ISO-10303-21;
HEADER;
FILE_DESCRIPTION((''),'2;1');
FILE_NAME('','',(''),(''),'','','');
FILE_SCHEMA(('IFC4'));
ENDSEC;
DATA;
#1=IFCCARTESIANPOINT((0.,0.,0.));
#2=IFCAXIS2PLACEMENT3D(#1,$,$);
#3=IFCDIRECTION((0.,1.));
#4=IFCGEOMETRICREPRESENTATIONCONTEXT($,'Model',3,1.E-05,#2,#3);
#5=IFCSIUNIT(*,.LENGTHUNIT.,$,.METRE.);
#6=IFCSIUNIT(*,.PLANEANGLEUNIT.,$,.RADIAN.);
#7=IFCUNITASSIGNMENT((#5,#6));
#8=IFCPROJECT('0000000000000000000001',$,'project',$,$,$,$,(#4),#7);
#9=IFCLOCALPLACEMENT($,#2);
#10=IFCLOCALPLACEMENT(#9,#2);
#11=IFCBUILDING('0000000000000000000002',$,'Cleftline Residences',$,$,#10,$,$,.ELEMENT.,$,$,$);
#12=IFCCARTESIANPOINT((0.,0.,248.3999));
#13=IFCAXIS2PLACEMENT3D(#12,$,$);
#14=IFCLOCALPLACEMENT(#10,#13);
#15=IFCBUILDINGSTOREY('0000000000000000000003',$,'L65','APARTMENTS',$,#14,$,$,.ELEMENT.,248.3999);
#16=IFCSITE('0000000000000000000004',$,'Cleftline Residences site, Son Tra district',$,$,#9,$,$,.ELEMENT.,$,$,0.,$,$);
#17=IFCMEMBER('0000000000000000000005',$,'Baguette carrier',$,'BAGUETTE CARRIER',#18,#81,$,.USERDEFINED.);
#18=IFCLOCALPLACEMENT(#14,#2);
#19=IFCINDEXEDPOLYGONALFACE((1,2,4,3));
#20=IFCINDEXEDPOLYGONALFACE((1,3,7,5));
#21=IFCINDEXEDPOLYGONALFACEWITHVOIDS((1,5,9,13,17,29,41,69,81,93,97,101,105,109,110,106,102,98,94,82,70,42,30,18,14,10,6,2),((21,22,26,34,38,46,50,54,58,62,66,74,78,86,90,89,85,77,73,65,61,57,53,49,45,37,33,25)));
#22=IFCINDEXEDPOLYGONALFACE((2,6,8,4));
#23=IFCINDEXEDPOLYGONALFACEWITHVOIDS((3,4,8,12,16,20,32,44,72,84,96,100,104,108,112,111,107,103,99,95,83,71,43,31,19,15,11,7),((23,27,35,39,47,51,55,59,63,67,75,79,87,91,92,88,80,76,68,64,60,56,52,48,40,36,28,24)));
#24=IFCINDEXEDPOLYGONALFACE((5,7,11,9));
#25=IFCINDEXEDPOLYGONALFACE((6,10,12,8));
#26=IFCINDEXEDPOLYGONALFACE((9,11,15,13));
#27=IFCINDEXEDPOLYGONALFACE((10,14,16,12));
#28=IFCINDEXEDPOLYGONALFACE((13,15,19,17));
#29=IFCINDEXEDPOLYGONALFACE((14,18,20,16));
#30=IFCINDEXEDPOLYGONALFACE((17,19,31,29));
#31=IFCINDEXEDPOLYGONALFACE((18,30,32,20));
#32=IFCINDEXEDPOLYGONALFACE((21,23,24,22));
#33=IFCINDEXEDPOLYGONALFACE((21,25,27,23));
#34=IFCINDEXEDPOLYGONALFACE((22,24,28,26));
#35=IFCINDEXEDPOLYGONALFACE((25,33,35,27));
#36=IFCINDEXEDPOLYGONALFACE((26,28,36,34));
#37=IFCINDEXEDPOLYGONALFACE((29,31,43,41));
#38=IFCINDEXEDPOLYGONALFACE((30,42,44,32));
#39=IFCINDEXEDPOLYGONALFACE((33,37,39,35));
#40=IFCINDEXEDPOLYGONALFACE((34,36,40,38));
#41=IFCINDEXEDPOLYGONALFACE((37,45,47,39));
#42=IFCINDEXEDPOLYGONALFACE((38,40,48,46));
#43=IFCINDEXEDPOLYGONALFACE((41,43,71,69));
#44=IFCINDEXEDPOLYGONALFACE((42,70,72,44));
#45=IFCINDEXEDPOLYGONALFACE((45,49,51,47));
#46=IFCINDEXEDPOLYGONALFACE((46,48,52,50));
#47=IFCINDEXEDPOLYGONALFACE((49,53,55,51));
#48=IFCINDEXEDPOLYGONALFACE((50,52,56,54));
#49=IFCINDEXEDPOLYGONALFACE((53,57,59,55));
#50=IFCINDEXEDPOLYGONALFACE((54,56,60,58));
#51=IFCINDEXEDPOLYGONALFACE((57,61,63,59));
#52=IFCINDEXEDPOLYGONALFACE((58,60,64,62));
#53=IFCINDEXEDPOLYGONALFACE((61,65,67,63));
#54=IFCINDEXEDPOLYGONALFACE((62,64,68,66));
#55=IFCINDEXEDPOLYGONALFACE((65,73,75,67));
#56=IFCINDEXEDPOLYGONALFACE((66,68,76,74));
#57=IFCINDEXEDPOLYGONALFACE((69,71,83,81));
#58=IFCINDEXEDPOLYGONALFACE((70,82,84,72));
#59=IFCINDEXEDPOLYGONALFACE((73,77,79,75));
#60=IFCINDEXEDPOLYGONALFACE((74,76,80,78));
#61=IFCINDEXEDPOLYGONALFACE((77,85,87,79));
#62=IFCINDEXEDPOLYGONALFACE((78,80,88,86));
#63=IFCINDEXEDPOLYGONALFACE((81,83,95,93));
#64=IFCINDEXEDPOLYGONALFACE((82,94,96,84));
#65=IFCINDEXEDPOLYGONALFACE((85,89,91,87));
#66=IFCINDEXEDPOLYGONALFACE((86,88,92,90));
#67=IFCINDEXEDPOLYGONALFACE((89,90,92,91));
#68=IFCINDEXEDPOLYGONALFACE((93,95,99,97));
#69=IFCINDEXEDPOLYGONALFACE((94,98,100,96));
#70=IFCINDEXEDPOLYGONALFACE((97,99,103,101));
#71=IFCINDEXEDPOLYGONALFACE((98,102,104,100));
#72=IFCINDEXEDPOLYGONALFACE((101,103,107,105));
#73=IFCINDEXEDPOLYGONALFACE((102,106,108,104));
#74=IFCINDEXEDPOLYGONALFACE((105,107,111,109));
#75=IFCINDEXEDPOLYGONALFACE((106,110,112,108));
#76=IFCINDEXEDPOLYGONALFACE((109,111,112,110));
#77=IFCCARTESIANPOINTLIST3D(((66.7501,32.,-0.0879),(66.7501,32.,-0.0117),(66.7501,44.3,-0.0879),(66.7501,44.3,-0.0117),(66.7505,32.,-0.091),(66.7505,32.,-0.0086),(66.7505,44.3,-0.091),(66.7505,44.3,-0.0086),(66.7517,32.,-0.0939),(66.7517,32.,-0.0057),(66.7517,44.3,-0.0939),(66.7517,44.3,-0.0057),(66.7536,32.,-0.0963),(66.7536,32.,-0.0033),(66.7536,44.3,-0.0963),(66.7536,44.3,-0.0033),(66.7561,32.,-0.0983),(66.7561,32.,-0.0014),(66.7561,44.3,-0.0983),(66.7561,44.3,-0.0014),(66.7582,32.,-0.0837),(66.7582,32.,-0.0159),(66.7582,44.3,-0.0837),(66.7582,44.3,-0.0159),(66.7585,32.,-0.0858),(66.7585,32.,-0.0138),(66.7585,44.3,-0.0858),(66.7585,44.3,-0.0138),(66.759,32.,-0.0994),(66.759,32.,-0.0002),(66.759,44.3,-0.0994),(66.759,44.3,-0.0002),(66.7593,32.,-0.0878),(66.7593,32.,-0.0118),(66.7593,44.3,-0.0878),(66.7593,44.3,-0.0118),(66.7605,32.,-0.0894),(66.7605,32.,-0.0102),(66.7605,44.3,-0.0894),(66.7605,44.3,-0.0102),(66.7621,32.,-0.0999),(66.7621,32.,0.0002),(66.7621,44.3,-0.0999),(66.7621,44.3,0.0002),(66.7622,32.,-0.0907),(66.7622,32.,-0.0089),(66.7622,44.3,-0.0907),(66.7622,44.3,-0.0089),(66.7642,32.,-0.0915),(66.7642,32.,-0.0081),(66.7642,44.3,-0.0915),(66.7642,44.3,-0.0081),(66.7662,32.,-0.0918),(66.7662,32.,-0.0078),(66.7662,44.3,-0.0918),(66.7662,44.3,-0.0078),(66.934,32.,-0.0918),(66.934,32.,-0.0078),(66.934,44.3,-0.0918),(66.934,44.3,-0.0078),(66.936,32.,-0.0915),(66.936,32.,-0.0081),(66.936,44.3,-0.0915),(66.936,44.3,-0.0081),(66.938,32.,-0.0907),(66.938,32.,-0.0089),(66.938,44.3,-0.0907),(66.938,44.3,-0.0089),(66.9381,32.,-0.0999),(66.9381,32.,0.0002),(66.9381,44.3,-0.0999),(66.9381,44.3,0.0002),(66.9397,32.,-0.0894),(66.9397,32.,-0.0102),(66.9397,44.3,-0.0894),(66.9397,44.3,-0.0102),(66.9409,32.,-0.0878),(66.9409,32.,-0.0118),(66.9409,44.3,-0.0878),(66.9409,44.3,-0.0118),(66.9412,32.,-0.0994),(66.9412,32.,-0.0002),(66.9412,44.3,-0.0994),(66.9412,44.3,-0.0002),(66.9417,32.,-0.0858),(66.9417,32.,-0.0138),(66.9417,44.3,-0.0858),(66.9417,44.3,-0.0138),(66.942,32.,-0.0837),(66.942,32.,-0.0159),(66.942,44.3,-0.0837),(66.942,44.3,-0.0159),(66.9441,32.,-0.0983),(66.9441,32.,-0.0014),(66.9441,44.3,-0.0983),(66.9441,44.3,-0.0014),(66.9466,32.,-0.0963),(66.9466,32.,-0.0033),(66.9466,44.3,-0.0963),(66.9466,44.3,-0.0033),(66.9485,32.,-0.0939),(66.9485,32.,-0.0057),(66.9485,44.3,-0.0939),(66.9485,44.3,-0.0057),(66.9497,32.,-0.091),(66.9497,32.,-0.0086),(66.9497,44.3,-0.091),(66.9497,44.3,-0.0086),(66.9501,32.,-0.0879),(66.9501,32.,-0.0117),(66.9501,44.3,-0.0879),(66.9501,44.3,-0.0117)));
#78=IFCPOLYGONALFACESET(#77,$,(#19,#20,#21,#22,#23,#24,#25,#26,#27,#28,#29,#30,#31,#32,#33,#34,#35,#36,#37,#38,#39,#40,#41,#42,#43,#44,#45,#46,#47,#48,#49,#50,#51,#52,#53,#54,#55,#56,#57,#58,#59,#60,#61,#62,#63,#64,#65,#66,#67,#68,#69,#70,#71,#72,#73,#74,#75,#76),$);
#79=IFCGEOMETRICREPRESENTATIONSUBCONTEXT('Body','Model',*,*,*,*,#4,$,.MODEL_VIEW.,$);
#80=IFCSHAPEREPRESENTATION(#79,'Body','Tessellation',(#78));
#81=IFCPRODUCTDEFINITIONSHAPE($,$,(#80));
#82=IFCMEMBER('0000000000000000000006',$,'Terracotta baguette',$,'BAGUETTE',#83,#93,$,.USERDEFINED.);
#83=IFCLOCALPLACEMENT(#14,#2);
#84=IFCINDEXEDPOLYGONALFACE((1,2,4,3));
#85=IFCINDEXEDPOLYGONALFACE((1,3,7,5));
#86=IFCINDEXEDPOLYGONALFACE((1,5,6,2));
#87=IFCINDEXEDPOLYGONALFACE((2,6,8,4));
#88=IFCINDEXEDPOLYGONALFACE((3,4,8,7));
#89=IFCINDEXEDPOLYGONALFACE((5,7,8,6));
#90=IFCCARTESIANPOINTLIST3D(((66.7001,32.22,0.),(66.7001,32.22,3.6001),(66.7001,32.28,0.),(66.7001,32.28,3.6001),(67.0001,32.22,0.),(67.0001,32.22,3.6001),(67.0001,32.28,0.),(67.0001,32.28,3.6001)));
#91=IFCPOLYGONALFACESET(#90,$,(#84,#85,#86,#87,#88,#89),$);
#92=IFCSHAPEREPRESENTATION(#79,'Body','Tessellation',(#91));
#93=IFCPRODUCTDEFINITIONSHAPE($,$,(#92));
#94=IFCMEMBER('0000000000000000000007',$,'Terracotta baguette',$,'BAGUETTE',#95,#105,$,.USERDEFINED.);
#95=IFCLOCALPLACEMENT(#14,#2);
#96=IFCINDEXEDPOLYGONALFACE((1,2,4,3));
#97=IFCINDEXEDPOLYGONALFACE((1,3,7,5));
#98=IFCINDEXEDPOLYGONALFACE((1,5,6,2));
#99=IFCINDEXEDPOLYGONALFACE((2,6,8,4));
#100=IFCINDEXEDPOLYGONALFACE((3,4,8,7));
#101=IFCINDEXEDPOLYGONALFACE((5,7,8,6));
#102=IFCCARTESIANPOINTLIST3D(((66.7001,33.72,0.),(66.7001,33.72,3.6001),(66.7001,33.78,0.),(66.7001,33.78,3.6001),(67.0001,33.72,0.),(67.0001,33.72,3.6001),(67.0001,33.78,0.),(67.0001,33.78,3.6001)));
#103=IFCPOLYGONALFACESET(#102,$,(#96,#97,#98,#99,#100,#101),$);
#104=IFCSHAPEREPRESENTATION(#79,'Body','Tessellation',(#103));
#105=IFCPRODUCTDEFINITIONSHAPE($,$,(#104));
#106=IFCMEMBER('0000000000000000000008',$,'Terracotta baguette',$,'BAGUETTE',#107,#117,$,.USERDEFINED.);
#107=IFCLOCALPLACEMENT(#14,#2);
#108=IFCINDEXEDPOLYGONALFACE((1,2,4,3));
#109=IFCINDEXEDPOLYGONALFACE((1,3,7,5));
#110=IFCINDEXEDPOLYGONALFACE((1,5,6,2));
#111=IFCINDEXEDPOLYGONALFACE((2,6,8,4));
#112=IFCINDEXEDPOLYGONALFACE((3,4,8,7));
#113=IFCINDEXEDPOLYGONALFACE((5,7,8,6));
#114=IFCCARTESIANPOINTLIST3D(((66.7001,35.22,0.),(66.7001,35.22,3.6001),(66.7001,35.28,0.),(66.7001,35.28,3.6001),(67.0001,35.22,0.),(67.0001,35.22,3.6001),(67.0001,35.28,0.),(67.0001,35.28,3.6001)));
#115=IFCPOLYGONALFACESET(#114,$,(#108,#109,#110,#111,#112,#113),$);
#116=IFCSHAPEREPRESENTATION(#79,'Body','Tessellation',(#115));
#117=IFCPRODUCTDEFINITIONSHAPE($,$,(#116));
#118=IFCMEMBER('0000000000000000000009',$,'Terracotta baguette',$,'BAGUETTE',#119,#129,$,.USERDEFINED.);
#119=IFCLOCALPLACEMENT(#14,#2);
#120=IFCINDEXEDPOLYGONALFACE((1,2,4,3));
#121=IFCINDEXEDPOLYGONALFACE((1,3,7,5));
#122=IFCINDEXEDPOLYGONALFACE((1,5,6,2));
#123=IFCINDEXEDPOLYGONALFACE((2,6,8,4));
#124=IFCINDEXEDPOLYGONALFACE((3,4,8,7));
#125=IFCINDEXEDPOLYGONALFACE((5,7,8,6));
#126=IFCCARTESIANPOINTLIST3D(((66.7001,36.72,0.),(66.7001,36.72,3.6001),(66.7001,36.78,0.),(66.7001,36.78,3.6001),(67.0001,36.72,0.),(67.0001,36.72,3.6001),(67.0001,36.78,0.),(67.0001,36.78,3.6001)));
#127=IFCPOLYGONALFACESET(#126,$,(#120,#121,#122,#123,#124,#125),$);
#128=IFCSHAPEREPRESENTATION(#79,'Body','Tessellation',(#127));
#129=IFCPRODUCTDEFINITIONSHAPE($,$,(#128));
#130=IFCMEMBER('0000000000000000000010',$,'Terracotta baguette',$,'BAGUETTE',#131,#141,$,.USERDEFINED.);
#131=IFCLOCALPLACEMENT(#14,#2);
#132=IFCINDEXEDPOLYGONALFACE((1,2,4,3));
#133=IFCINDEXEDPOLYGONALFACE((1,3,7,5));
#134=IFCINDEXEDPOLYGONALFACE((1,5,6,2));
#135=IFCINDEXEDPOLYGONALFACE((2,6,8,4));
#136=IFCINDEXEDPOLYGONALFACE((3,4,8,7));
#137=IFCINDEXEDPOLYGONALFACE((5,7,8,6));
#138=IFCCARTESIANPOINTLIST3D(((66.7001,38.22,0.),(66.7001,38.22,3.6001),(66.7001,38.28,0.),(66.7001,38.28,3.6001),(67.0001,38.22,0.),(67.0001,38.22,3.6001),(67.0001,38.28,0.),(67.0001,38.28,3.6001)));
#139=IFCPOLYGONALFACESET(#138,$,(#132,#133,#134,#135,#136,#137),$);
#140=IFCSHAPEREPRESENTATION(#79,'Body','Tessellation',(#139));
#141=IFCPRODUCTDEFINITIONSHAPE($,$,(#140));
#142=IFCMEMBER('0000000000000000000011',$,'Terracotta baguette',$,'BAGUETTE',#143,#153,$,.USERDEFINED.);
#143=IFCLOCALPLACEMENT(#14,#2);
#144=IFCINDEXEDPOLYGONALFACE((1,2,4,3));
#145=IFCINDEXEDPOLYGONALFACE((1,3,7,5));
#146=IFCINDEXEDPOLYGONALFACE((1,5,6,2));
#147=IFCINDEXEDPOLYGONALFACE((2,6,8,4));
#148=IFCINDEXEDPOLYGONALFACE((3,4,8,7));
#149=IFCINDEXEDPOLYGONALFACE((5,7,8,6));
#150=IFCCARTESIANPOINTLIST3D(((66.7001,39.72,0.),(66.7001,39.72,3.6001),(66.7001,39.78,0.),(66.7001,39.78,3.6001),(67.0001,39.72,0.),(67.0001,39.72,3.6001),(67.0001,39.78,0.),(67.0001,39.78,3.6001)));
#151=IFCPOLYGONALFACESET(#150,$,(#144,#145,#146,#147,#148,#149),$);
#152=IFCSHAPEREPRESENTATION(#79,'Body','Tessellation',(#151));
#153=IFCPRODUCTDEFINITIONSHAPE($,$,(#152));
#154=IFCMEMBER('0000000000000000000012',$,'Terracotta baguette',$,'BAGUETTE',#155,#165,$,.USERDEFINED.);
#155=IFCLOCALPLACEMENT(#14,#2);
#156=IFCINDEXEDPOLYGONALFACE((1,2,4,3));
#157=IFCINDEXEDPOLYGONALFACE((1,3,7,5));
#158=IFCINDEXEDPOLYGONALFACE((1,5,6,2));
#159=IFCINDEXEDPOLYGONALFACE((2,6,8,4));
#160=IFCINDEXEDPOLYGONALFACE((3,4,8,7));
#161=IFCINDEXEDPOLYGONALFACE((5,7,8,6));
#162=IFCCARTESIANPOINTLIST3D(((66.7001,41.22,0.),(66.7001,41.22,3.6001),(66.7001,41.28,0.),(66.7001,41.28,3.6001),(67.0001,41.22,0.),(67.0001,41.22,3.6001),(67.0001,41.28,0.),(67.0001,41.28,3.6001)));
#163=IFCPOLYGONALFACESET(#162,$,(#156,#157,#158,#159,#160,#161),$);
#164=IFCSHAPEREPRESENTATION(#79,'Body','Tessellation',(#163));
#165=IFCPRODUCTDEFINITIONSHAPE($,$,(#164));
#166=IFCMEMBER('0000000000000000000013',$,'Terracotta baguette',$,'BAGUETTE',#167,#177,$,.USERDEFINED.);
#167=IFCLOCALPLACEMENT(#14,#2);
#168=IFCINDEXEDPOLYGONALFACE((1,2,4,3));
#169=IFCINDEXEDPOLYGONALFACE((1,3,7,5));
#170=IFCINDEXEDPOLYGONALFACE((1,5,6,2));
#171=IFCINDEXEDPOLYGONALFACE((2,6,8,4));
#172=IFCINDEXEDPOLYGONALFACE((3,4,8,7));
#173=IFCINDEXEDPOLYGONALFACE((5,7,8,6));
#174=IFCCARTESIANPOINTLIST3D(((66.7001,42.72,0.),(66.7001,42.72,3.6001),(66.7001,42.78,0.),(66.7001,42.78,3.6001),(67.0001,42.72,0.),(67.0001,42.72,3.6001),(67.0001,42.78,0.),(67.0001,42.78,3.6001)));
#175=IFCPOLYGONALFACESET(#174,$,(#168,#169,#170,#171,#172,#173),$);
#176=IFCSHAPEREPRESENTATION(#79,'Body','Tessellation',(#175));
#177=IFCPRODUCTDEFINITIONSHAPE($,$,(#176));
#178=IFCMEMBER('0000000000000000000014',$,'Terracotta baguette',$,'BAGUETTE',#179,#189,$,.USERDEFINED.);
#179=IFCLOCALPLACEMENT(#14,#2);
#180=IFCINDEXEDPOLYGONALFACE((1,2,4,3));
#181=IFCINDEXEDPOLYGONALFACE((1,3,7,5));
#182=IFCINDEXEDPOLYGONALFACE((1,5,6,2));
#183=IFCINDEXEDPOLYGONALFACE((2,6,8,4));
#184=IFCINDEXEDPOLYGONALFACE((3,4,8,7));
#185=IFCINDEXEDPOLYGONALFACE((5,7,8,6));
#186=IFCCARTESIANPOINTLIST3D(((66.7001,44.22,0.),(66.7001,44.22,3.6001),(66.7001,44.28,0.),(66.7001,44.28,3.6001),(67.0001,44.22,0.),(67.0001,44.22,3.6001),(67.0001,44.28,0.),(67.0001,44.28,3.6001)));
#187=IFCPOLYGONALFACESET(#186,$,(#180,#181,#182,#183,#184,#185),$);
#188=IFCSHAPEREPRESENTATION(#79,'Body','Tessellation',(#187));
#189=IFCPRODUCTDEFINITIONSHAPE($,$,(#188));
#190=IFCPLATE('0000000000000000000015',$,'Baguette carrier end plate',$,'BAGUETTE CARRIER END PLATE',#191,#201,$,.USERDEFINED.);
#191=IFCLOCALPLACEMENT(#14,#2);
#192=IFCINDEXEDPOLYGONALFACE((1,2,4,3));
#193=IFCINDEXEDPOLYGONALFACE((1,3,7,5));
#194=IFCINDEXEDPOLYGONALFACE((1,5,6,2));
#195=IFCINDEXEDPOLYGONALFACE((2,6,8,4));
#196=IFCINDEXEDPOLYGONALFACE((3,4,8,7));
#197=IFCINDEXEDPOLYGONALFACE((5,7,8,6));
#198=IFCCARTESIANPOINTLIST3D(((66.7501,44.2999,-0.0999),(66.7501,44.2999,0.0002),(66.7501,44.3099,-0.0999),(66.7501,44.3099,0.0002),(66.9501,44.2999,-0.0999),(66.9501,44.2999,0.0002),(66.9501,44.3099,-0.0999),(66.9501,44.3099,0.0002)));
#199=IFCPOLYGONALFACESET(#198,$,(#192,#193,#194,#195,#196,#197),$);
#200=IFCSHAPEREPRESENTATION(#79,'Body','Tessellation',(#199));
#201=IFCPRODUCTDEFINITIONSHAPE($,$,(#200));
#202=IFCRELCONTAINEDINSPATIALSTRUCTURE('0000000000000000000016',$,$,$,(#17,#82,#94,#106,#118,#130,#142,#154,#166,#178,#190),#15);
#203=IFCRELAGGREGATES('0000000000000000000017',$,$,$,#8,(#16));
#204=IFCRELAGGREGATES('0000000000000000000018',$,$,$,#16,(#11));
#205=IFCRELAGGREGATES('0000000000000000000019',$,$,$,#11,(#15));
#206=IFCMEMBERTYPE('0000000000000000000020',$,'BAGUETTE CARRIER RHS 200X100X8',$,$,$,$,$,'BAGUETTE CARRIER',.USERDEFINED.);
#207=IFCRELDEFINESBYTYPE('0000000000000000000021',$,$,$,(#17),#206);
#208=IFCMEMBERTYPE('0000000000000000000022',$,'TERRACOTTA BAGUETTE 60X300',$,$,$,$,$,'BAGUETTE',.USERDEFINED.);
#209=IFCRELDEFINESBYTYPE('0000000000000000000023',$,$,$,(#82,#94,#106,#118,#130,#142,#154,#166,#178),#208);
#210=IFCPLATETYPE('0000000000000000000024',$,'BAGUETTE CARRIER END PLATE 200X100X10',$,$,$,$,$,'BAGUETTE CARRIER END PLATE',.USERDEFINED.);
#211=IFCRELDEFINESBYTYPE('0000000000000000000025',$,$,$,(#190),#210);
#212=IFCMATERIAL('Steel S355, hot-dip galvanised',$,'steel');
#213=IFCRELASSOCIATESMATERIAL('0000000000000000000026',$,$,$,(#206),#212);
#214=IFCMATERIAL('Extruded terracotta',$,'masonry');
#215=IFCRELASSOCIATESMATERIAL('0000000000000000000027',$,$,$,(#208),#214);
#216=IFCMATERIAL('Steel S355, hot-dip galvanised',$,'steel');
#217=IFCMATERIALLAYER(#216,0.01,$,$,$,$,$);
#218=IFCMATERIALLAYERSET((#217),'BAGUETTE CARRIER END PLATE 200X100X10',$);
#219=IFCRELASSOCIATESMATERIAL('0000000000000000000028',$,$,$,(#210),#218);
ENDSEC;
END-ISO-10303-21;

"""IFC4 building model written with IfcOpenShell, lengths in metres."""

from ifc_helpers import new_model, si_unit, direction, frame, origin, origin_2d, place, context, subcontext, project, spatial, rectangle, hollow_rectangle, extrude, material, layer, layer_set, material_profile, profile_set, type_object, element, save


model = new_model("IFC4")

# Units and contexts
model_context = context("Model", 3, precision=1e-05, world=origin(), true_north=direction((0.0, 1.0)))
body_context = subcontext(model_context, "Body", "Model", "MODEL_VIEW")
ifc_project = project(units=[si_unit("LENGTHUNIT", "METRE"), si_unit("PLANEANGLEUNIT", "RADIAN")], contexts=[model_context])

# Site, building, storey
site_placement = place(None, origin())
site = spatial("IfcSite", under=ifc_project, at=site_placement, Name="Cleftline Residences site, Son Tra district", CompositionType="ELEMENT", RefElevation=0.0)
building_placement = place(site_placement, origin())
building = spatial("IfcBuilding", under=site, at=building_placement, Name="Cleftline Residences", CompositionType="ELEMENT")
storey_placement = place(building_placement, frame((0.0, 0.0, 248.3999)))
storey = spatial("IfcBuildingStorey", under=building, at=storey_placement, Name="L65", Description="APARTMENTS", CompositionType="ELEMENT", Elevation=248.3999)

# Members
ifc_material_1 = material(Name="Steel S355, hot-dip galvanised", Category="steel")
ifc_material_profile_1 = material_profile(ifc_material_1, hollow_rectangle(XDim=0.1001, YDim=0.2, WallThickness=0.0081, InnerFilletRadius=0.0081, OuterFilletRadius=0.012, at=origin_2d()))
ifc_profile_set_1 = profile_set([ifc_material_profile_1], Name="Steel S355, hot-dip galvanised")
member_type_1 = type_object("IfcMemberType", Name="BAGUETTE CARRIER RHS 200X100X8", ElementType="BAGUETTE CARRIER", PredefinedType="USERDEFINED", material=ifc_profile_set_1)
member_placement = place(storey_placement, frame((66.8501, 32.0, -0.0498), z_axis=(0.0, 1.0, 0.0), x_axis=(0.0, 0.0, 1.0)))
element("IfcMember", 1, at=member_placement, inside=storey, type_object=member_type_1, Name="Baguette carrier", ObjectType="BAGUETTE CARRIER", PredefinedType="USERDEFINED", context=body_context, shape_type="SweptSolid", body=[
    extrude(hollow_rectangle(XDim=0.1001, YDim=0.2, WallThickness=0.0081, InnerFilletRadius=0.0081, OuterFilletRadius=0.012, at=origin_2d()), origin(), (0.0, 0.0, 1.0), 12.3),
])
ifc_material_2 = material(Name="Extruded terracotta", Category="masonry")
ifc_material_profile_2 = material_profile(ifc_material_2, rectangle(XDim=0.0601, YDim=0.3, at=origin_2d()))
ifc_profile_set_2 = profile_set([ifc_material_profile_2], Name="Extruded terracotta")
member_type_2 = type_object("IfcMemberType", Name="TERRACOTTA BAGUETTE 60X300", ElementType="BAGUETTE", PredefinedType="USERDEFINED", material=ifc_profile_set_2)
for number, where, z_axis, x_axis, name in (
    (2, (66.8501, 32.25, 0.0), (0.0, 0.0, 1.0), (0.0, 1.0, 0.0), "Terracotta baguette"),
    (3, (66.8501, 33.75, 0.0), (0.0, 0.0, 1.0), (0.0, 1.0, 0.0), "Terracotta baguette"),
    (4, (66.8501, 35.25, 0.0), (0.0, 0.0, 1.0), (0.0, 1.0, 0.0), "Terracotta baguette"),
    (5, (66.8501, 36.75, 0.0), (0.0, 0.0, 1.0), (0.0, 1.0, 0.0), "Terracotta baguette"),
    (6, (66.8501, 38.25, 0.0), (0.0, 0.0, 1.0), (0.0, 1.0, 0.0), "Terracotta baguette"),
    (7, (66.8501, 39.75, 0.0), (0.0, 0.0, 1.0), (0.0, 1.0, 0.0), "Terracotta baguette"),
    (8, (66.8501, 41.25, 0.0), (0.0, 0.0, 1.0), (0.0, 1.0, 0.0), "Terracotta baguette"),
    (9, (66.8501, 42.75, 0.0), (0.0, 0.0, 1.0), (0.0, 1.0, 0.0), "Terracotta baguette"),
    (10, (66.8501, 44.25, 0.0), (0.0, 0.0, 1.0), (0.0, 1.0, 0.0), "Terracotta baguette"),
):
    element("IfcMember", number, at=place(storey_placement, frame(where, z_axis=z_axis, x_axis=x_axis)), inside=storey, type_object=member_type_2, Name=name, ObjectType="BAGUETTE", PredefinedType="USERDEFINED", context=body_context, shape_type="SweptSolid", body=[
        extrude(rectangle(XDim=0.0601, YDim=0.3, at=origin_2d()), origin(), (0.0, 0.0, 1.0), 3.6001),
    ])

# Plate
ifc_material_3 = material(Name="Steel S355, hot-dip galvanised", Category="steel")
ifc_layer_1 = layer(ifc_material_3, 0.01)
ifc_layer_set_1 = layer_set([ifc_layer_1], Name="BAGUETTE CARRIER END PLATE 200X100X10")
plate_type = type_object("IfcPlateType", Name="BAGUETTE CARRIER END PLATE 200X100X10", ElementType="BAGUETTE CARRIER END PLATE", PredefinedType="USERDEFINED", material=ifc_layer_set_1)
plate_placement = place(storey_placement, frame((66.8501, 44.3049, -0.0999), z_axis=(0.0, 0.0, 1.0), x_axis=(1.0, 0.0, 0.0)))
element("IfcPlate", 11, at=plate_placement, inside=storey, type_object=plate_type, Name="Baguette carrier end plate", ObjectType="BAGUETTE CARRIER END PLATE", PredefinedType="USERDEFINED", context=body_context, shape_type="SweptSolid", body=[
    extrude(rectangle(XDim=0.2, YDim=0.01, at=origin_2d()), origin(), (0.0, 0.0, 1.0), 0.1001),
])

save(model, "model.ifc")
